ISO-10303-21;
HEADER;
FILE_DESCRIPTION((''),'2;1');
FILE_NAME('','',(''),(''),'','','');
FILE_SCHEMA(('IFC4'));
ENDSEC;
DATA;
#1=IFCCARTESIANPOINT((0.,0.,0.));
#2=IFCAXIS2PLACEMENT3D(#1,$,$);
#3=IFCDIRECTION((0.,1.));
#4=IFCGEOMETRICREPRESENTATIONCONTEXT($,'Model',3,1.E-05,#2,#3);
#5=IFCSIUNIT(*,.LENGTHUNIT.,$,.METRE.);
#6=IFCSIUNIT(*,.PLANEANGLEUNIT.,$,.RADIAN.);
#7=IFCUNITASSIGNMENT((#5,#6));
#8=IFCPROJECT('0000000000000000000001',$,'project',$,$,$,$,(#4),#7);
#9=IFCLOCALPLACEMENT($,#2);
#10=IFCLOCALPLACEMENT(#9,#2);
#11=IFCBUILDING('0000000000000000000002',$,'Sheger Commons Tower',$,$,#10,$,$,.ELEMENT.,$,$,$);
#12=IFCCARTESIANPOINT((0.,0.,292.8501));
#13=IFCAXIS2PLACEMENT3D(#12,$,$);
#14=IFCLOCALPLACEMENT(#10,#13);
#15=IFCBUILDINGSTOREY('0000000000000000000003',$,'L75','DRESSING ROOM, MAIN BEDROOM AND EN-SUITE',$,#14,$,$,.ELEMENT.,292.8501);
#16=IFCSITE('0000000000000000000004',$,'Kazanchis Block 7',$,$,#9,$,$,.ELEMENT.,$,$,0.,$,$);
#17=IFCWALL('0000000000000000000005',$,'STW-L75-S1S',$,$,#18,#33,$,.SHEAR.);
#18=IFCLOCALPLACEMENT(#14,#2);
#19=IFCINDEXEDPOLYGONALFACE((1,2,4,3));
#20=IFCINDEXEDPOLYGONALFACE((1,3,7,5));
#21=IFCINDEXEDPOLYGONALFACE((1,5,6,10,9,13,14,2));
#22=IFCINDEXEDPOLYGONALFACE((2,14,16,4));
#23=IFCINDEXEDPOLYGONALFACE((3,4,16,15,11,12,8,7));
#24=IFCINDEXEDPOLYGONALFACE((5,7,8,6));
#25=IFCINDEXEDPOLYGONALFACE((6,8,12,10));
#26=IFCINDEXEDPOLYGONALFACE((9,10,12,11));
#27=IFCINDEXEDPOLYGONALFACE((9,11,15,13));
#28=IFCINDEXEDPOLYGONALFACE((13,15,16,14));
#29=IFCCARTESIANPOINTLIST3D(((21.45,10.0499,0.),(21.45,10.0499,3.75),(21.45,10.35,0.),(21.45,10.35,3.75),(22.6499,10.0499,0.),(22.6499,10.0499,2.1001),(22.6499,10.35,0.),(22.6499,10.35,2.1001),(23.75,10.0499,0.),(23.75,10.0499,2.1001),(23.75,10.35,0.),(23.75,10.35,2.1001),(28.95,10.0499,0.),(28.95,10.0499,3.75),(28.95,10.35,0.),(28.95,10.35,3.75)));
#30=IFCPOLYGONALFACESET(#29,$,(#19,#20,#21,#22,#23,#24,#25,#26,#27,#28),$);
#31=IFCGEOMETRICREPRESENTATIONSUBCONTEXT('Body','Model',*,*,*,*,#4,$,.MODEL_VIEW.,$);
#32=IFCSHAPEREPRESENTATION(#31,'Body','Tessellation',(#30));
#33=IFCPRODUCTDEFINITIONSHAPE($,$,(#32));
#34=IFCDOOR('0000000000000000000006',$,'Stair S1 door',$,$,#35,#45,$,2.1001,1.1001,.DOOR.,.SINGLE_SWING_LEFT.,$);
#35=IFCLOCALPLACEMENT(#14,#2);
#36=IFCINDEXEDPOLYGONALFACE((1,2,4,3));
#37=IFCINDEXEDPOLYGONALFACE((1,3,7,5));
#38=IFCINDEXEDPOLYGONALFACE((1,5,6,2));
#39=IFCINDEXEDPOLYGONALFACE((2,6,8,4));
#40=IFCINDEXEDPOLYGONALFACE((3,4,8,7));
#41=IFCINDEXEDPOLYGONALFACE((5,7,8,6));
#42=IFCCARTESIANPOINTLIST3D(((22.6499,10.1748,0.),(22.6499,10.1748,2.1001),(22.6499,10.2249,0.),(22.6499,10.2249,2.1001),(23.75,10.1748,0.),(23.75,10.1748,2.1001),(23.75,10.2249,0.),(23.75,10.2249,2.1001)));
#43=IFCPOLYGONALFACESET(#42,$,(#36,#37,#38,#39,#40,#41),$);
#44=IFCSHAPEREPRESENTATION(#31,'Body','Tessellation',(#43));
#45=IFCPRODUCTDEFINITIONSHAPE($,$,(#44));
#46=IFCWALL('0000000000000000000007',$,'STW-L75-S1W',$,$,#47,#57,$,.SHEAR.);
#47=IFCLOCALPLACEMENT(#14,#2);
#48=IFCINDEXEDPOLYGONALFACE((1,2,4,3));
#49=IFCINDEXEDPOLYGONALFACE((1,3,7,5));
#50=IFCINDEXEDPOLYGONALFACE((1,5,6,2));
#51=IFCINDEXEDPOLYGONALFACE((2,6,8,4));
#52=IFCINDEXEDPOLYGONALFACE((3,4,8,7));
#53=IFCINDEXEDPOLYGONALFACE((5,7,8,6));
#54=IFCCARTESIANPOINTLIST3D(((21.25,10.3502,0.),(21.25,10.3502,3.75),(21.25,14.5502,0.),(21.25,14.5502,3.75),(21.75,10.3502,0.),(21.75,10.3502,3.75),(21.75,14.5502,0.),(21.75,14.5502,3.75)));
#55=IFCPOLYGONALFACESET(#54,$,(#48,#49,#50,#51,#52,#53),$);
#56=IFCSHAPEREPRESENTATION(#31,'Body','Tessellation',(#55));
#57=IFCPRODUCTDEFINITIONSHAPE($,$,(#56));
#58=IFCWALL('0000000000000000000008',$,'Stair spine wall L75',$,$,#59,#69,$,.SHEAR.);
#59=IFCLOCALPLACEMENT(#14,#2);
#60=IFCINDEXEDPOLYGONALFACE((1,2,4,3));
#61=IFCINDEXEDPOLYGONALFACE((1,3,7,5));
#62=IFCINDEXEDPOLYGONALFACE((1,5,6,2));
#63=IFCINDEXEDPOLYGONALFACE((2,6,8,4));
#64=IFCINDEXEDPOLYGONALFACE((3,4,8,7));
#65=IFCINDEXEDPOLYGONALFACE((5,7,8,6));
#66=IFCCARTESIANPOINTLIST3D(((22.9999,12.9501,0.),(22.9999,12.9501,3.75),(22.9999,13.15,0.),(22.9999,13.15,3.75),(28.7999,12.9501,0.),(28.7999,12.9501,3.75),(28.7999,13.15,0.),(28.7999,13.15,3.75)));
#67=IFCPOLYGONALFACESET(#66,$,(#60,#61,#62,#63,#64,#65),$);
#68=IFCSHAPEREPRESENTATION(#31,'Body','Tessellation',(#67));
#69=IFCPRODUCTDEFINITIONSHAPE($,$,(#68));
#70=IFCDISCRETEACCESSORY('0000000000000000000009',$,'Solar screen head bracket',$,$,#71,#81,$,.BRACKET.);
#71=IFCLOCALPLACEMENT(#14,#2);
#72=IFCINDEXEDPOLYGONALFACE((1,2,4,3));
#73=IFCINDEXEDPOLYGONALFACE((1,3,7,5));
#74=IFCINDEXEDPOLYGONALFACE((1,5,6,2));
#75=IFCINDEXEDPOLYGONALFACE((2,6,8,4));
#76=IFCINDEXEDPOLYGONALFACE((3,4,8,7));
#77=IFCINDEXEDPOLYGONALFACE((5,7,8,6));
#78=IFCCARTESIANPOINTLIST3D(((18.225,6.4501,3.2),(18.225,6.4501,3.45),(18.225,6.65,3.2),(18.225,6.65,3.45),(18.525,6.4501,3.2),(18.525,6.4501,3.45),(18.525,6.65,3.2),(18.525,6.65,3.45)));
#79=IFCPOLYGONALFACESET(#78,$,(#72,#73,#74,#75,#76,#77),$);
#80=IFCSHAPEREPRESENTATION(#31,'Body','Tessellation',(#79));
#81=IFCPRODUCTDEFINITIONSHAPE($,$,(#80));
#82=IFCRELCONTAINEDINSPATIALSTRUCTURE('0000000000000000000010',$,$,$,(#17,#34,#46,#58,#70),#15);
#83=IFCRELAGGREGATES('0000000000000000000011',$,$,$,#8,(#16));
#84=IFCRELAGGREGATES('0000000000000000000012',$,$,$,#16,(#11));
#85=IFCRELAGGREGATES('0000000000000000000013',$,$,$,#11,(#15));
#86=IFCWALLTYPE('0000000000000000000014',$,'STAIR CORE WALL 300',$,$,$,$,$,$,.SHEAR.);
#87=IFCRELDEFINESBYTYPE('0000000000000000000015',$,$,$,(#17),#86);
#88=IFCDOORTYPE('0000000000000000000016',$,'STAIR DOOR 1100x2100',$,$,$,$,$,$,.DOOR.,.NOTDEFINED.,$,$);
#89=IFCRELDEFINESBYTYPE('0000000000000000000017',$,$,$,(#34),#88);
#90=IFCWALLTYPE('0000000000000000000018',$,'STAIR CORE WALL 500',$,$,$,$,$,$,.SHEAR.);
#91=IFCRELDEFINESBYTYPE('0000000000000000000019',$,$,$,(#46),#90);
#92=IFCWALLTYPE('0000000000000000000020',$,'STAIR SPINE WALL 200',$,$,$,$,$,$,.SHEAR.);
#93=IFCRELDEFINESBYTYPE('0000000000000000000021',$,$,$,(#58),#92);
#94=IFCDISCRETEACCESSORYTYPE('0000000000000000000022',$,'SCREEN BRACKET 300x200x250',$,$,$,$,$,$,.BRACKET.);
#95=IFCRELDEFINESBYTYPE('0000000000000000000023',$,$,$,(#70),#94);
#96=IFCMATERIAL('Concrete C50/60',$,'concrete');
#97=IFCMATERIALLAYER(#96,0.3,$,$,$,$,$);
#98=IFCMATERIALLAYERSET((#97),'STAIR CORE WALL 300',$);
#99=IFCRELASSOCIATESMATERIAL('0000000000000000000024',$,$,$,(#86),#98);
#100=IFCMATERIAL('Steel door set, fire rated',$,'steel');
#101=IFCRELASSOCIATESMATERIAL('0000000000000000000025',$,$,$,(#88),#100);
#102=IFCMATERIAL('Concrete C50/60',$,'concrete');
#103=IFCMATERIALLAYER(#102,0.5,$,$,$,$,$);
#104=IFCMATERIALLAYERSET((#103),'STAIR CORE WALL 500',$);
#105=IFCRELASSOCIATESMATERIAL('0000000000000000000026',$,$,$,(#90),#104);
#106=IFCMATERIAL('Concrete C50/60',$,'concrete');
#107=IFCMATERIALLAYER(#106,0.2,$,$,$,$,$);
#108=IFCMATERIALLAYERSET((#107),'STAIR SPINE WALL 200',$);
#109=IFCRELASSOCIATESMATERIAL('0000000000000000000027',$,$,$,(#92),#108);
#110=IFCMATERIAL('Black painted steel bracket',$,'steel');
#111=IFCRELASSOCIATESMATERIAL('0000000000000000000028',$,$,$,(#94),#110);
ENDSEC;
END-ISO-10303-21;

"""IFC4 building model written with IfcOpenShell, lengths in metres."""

from ifc_helpers import new_model, si_unit, direction, frame, frame_2d, origin, origin_2d, place, context, subcontext, project, spatial, rectangle, extrude, material, layer, layer_set, type_object, element, fill, save


model = new_model("IFC4")

# Units and contexts
model_context = context("Model", 3, precision=1e-05, world=origin(), true_north=direction((0.0, 1.0)))
body_context = subcontext(model_context, "Body", "Model", "MODEL_VIEW")
ifc_project = project(units=[si_unit("LENGTHUNIT", "METRE"), si_unit("PLANEANGLEUNIT", "RADIAN")], contexts=[model_context])

# Site, building, storey
site_placement = place(None, origin())
site = spatial("IfcSite", under=ifc_project, at=site_placement, Name="Kazanchis Block 7", CompositionType="ELEMENT", RefElevation=0.0)
building_placement = place(site_placement, origin())
building = spatial("IfcBuilding", under=site, at=building_placement, Name="Sheger Commons Tower", CompositionType="ELEMENT")
storey_placement = place(building_placement, frame((0.0, 0.0, 292.8501)))
storey = spatial("IfcBuildingStorey", under=building, at=storey_placement, Name="L75", Description="DRESSING ROOM, MAIN BEDROOM AND EN-SUITE", CompositionType="ELEMENT", Elevation=292.8501)

# Wall, opening, door
ifc_material_1 = material(Name="Concrete C50/60", Category="concrete")
ifc_layer_1 = layer(ifc_material_1, 0.3)
ifc_layer_set_1 = layer_set([ifc_layer_1], Name="STAIR CORE WALL 300")
wall_type_1 = type_object("IfcWallType", Name="STAIR CORE WALL 300", PredefinedType="SHEAR", material=ifc_layer_set_1)
wall_1_placement = place(storey_placement, frame((21.45, 10.2, 0.0), z_axis=(0.0, 0.0, 1.0), x_axis=(1.0, 0.0, 0.0)))
wall_1 = element("IfcWall", 1, at=wall_1_placement, inside=storey, type_object=wall_type_1, Name="STW-L75-S1S", PredefinedType="SHEAR", context=body_context, shape_type="SweptSolid", body=[
    extrude(rectangle(XDim=7.5, YDim=0.3, at=frame_2d((3.75, 0.0))), origin(), (0.0, 0.0, 1.0), 3.75),
])
opening_placement = place(wall_1_placement, frame((1.2, 0.0, 0.0)))
opening = element("IfcOpeningElement", 2, at=opening_placement, cuts=wall_1, PredefinedType="OPENING", context=body_context, shape_type="SweptSolid", body=[
    extrude(rectangle(XDim=1.1001, YDim=2.1001, at=frame_2d((0.55, 1.05))), frame((0.0, 0.1599, 0.0), z_axis=(0.0, -1.0, 0.0), x_axis=(1.0, 0.0, 0.0)), (0.0, 0.0, 1.0), 0.3201),
])
ifc_material_2 = material(Name="Steel door set, fire rated", Category="steel")
door_type = type_object("IfcDoorType", Name="STAIR DOOR 1100x2100", OperationType="NOTDEFINED", PredefinedType="DOOR", material=ifc_material_2)
door_placement = place(opening_placement, origin())
door = element("IfcDoor", 3, at=door_placement, inside=storey, type_object=door_type, Name="Stair S1 door", OperationType="SINGLE_SWING_LEFT", OverallHeight=2.1001, OverallWidth=1.1001, PredefinedType="DOOR", context=body_context, shape_type="SweptSolid", body=[
    extrude(rectangle(XDim=1.1001, YDim=2.1001, at=frame_2d((0.55, 1.05))), frame((0.0, 0.0249, 0.0), z_axis=(0.0, -1.0, 0.0), x_axis=(1.0, 0.0, 0.0)), (0.0, 0.0, 1.0), 0.05),
])
fill(opening, door)

# Walls
ifc_material_3 = material(Name="Concrete C50/60", Category="concrete")
ifc_layer_2 = layer(ifc_material_3, 0.5)
ifc_layer_set_2 = layer_set([ifc_layer_2], Name="STAIR CORE WALL 500")
wall_type_2 = type_object("IfcWallType", Name="STAIR CORE WALL 500", PredefinedType="SHEAR", material=ifc_layer_set_2)
wall_2_placement = place(storey_placement, frame((21.5, 10.3501, 0.0), z_axis=(0.0, 0.0, 1.0), x_axis=(0.0, 1.0, 0.0)))
element("IfcWall", 4, at=wall_2_placement, inside=storey, type_object=wall_type_2, Name="STW-L75-S1W", PredefinedType="SHEAR", context=body_context, shape_type="SweptSolid", body=[
    extrude(rectangle(XDim=4.2, YDim=0.5, at=frame_2d((2.1001, 0.0))), origin(), (0.0, 0.0, 1.0), 3.75),
])
ifc_material_4 = material(Name="Concrete C50/60", Category="concrete")
ifc_layer_3 = layer(ifc_material_4, 0.2)
ifc_layer_set_3 = layer_set([ifc_layer_3], Name="STAIR SPINE WALL 200")
wall_type_3 = type_object("IfcWallType", Name="STAIR SPINE WALL 200", PredefinedType="SHEAR", material=ifc_layer_set_3)
wall_3_placement = place(storey_placement, frame((23.0, 13.05, 0.0), z_axis=(0.0, 0.0, 1.0), x_axis=(1.0, 0.0, 0.0)))
element("IfcWall", 5, at=wall_3_placement, inside=storey, type_object=wall_type_3, Name="Stair spine wall L75", PredefinedType="SHEAR", context=body_context, shape_type="SweptSolid", body=[
    extrude(rectangle(XDim=5.8, YDim=0.2, at=frame_2d((2.8999, 0.0))), origin(), (0.0, 0.0, 1.0), 3.75),
])

# Discrete accessory
ifc_material_5 = material(Name="Black painted steel bracket", Category="steel")
discrete_accessory_type = type_object("IfcDiscreteAccessoryType", Name="SCREEN BRACKET 300x200x250", PredefinedType="BRACKET", material=ifc_material_5)
discrete_accessory_placement = place(storey_placement, frame((18.375, 6.55, 3.2), z_axis=(0.0, 0.0, 1.0), x_axis=(1.0, 0.0, 0.0)))
element("IfcDiscreteAccessory", 6, at=discrete_accessory_placement, inside=storey, type_object=discrete_accessory_type, Name="Solar screen head bracket", PredefinedType="BRACKET", context=body_context, shape_type="SweptSolid", body=[
    extrude(rectangle(XDim=0.3, YDim=0.2, at=origin_2d()), origin(), (0.0, 0.0, 1.0), 0.25),
])

save(model, "model.ifc")
